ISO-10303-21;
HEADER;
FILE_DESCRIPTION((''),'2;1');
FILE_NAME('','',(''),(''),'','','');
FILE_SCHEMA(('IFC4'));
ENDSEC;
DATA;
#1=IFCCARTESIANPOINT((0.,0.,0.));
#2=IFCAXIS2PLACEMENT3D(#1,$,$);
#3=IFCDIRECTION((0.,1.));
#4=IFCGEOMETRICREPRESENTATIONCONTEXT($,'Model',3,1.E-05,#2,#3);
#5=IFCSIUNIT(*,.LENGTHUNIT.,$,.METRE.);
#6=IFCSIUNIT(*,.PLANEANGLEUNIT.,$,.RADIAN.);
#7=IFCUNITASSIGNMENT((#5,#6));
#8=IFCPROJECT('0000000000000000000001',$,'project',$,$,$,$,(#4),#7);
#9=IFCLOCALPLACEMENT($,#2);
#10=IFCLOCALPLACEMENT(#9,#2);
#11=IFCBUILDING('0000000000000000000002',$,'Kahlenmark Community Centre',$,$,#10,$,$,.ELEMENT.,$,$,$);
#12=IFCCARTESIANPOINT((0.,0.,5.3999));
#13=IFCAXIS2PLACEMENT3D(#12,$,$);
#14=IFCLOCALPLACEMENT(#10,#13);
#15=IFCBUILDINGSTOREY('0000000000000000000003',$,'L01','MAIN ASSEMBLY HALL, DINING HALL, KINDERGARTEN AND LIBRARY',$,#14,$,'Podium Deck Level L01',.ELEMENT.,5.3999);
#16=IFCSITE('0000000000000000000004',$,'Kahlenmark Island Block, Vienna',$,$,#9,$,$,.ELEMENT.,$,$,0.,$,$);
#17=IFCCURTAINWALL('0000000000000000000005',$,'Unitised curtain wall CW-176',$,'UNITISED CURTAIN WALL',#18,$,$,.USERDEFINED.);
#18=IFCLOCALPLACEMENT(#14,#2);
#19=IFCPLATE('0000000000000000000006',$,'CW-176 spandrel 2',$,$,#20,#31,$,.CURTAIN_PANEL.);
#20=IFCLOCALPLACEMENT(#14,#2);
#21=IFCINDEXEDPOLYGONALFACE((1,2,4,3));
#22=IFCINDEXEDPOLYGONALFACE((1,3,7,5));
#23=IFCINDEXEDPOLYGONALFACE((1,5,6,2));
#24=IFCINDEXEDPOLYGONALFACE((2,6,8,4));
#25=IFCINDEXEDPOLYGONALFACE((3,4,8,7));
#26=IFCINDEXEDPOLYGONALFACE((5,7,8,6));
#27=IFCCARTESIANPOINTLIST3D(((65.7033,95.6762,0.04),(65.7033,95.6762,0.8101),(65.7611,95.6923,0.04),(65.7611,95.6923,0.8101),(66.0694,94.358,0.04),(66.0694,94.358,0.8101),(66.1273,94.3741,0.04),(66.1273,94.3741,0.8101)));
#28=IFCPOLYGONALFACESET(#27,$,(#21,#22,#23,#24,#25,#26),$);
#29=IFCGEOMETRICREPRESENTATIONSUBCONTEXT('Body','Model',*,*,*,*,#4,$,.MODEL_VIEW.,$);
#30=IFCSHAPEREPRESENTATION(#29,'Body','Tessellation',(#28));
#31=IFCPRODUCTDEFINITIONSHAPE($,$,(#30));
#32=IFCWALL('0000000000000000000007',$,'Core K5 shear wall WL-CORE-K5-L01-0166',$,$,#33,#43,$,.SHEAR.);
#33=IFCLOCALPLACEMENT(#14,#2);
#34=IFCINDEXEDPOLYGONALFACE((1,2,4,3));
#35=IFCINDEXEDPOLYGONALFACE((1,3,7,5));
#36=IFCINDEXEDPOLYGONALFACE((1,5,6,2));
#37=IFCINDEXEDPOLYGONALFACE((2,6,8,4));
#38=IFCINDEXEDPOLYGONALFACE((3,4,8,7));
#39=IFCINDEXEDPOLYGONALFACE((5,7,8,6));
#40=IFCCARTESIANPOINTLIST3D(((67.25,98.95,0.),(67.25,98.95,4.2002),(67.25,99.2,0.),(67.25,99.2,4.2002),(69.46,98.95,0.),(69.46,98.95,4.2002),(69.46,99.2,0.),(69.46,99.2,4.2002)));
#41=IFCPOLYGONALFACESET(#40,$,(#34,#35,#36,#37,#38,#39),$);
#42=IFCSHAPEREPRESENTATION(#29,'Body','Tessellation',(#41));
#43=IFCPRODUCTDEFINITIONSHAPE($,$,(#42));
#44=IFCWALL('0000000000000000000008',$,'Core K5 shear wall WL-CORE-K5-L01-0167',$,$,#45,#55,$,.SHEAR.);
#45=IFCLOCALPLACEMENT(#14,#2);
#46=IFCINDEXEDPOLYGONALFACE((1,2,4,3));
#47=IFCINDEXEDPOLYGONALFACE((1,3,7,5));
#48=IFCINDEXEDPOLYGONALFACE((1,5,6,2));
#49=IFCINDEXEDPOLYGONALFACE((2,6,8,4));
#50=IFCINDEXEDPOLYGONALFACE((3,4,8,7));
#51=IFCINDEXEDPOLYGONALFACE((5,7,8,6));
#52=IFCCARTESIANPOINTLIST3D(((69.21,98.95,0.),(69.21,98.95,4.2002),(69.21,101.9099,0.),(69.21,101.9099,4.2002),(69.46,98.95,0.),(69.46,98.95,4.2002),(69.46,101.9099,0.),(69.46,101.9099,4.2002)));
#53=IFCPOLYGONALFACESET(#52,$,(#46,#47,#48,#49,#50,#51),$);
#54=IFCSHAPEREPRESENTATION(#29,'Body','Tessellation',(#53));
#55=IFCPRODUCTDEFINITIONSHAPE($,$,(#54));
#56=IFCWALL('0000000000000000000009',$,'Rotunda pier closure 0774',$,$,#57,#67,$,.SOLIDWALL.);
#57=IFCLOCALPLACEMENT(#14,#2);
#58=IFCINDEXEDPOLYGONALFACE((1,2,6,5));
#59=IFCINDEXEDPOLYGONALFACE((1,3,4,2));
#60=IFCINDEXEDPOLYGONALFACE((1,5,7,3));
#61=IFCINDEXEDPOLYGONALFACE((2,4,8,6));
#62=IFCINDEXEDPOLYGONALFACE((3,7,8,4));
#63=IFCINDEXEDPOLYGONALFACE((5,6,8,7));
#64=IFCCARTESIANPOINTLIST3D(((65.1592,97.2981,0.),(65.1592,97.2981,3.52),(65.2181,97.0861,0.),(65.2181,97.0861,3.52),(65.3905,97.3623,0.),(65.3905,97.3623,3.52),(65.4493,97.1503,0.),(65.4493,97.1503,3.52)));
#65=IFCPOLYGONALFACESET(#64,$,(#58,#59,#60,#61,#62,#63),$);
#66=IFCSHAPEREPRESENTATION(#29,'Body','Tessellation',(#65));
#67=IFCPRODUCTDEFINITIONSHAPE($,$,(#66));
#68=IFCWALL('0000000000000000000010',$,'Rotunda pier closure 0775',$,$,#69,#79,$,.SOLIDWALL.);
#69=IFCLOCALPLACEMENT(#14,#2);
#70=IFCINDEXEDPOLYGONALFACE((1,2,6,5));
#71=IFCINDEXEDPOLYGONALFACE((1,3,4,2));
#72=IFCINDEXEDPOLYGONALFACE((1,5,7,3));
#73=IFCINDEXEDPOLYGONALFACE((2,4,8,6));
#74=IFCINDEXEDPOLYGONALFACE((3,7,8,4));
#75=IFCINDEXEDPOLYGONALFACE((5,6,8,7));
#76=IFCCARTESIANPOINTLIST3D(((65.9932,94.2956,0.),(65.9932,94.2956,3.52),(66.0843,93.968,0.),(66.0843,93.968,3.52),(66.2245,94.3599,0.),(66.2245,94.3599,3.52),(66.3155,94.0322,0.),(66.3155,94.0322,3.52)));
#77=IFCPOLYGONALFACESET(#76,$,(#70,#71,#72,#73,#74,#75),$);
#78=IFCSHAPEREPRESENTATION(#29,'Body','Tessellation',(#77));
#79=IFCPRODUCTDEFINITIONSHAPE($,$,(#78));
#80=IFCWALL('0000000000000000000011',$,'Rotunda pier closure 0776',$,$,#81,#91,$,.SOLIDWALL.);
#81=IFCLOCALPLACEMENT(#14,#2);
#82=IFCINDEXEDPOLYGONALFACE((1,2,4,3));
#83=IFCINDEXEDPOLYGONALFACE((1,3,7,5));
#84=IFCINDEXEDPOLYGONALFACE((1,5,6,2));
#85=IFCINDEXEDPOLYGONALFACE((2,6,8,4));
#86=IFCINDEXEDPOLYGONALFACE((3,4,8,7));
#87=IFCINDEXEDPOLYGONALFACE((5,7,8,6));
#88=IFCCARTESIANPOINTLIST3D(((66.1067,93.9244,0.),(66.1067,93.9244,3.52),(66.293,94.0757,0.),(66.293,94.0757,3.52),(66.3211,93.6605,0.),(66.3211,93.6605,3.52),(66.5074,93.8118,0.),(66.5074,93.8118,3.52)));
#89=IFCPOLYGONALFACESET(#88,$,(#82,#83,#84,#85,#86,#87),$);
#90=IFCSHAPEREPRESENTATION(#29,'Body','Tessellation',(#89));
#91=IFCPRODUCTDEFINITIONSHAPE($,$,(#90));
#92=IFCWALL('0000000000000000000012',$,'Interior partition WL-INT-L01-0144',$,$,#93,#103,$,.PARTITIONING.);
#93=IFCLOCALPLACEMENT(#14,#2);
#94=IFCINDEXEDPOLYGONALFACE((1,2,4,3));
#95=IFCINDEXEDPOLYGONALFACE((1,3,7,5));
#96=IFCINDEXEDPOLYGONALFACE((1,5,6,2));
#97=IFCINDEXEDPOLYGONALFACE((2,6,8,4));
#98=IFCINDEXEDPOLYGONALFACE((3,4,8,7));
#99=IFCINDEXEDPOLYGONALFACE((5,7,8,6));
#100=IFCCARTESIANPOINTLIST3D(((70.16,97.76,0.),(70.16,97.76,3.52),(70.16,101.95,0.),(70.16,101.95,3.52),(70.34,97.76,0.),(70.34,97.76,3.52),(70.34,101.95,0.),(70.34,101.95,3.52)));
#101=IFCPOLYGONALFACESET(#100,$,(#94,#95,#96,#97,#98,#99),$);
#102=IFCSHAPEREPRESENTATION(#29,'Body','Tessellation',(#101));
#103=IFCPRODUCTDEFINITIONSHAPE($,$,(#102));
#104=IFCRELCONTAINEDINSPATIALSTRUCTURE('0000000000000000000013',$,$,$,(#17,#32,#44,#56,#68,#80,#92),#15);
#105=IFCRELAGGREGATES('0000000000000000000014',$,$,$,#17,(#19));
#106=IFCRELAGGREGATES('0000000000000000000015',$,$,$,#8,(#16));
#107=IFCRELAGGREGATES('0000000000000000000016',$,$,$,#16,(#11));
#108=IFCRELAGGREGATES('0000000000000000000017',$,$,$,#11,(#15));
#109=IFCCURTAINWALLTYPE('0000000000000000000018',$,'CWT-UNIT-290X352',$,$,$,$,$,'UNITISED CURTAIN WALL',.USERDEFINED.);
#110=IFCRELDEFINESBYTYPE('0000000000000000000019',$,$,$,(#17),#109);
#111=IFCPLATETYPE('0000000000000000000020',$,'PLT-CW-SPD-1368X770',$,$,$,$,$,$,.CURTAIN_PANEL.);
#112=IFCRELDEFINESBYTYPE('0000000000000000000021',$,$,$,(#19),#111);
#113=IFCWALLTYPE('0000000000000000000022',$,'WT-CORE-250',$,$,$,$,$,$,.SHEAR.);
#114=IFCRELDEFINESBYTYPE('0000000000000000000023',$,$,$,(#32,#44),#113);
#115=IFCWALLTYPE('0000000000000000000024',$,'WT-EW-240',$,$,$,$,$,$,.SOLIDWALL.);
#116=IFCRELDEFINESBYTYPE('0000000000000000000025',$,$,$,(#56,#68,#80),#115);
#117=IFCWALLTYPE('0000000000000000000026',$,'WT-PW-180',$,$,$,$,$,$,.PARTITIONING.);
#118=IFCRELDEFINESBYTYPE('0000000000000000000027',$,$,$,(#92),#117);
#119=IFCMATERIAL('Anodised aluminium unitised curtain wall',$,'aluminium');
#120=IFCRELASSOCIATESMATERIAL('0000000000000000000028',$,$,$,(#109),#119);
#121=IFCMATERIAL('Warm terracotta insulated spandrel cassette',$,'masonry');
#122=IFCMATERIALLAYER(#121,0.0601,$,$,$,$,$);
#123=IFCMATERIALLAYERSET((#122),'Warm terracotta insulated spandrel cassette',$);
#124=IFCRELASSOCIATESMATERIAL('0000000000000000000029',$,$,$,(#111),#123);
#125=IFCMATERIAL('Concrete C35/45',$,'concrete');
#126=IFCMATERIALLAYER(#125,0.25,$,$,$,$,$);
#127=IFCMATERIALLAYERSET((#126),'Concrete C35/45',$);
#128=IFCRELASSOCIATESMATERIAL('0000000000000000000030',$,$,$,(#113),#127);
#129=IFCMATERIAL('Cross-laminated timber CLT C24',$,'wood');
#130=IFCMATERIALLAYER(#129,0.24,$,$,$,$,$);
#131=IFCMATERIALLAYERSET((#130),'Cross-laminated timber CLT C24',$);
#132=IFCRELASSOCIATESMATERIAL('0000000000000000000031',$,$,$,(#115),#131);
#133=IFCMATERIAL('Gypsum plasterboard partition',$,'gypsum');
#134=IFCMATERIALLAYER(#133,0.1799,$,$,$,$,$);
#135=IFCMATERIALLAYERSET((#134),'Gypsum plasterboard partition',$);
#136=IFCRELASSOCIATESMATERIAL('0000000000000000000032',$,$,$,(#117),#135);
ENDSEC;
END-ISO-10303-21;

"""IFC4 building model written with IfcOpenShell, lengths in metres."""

from ifc_helpers import new_model, si_unit, direction, frame, frame_2d, origin, origin_2d, place, context, subcontext, project, spatial, rectangle, extrude, material, layer, layer_set, type_object, element, aggregate, save


model = new_model("IFC4")

# Units and contexts
model_context = context("Model", 3, precision=1e-05, world=origin(), true_north=direction((0.0, 1.0)))
body_context = subcontext(model_context, "Body", "Model", "MODEL_VIEW")
ifc_project = project(units=[si_unit("LENGTHUNIT", "METRE"), si_unit("PLANEANGLEUNIT", "RADIAN")], contexts=[model_context])

# Site, building, storey
site_placement = place(None, origin())
site = spatial("IfcSite", under=ifc_project, at=site_placement, Name="Kahlenmark Island Block, Vienna", CompositionType="ELEMENT", RefElevation=0.0)
building_placement = place(site_placement, origin())
building = spatial("IfcBuilding", under=site, at=building_placement, Name="Kahlenmark Community Centre", CompositionType="ELEMENT")
storey_placement = place(building_placement, frame((0.0, 0.0, 5.3999)))
storey = spatial("IfcBuildingStorey", under=building, at=storey_placement, Name="L01", Description="MAIN ASSEMBLY HALL, DINING HALL, KINDERGARTEN AND LIBRARY", LongName="Podium Deck Level L01", CompositionType="ELEMENT", Elevation=5.3999)

# Shared definitions
ifc_material_1 = material(Name="Concrete C35/45", Category="concrete")

# Curtain wall
ifc_material_2 = material(Name="Anodised aluminium unitised curtain wall", Category="aluminium")
curtain_wall_type_1 = type_object("IfcCurtainWallType", Name="CWT-UNIT-290X352", ElementType="UNITISED CURTAIN WALL", PredefinedType="USERDEFINED", material=ifc_material_2)
curtain_wall_1_placement = place(storey_placement, origin())
curtain_wall_1 = element("IfcCurtainWall", 1, at=curtain_wall_1_placement, inside=storey, type_object=curtain_wall_type_1, Name="Unitised curtain wall CW-176", ObjectType="UNITISED CURTAIN WALL", PredefinedType="USERDEFINED")

# Plate
ifc_material_3 = material(Name="Warm terracotta insulated spandrel cassette", Category="masonry")
ifc_layer_1 = layer(ifc_material_3, 0.0601)
ifc_layer_set_1 = layer_set([ifc_layer_1], Name="Warm terracotta insulated spandrel cassette")
plate_type_1 = type_object("IfcPlateType", Name="PLT-CW-SPD-1368X770", PredefinedType="CURTAIN_PANEL", material=ifc_layer_set_1)
plate_1_placement = place(storey_placement, frame((65.9153, 95.0251, 0.04), z_axis=(0.0, 0.0, 1.0), x_axis=(0.267654, -0.963515, 0.0)))
plate_1 = element("IfcPlate", 2, at=plate_1_placement, type_object=plate_type_1, Name="CW-176 spandrel 2", PredefinedType="CURTAIN_PANEL", context=body_context, shape_type="SweptSolid", body=[
    extrude(rectangle(XDim=1.3682, YDim=0.0601, at=origin_2d()), origin(), (0.0, 0.0, 1.0), 0.77),
])
aggregate(curtain_wall_1, [plate_1])

# Walls
ifc_layer_2 = layer(ifc_material_1, 0.25)
ifc_layer_set_2 = layer_set([ifc_layer_2], Name="Concrete C35/45")
wall_type_1 = type_object("IfcWallType", Name="WT-CORE-250", PredefinedType="SHEAR", material=ifc_layer_set_2)
wall_1_placement = place(storey_placement, frame((67.25, 99.075, 0.0), z_axis=(0.0, 0.0, 1.0), x_axis=(1.0, 0.0, 0.0)))
element("IfcWall", 3, at=wall_1_placement, inside=storey, type_object=wall_type_1, Name="Core K5 shear wall WL-CORE-K5-L01-0166", PredefinedType="SHEAR", context=body_context, shape_type="SweptSolid", body=[
    extrude(rectangle(XDim=2.21, YDim=0.25, at=frame_2d((1.105, 0.0))), origin(), (0.0, 0.0, 1.0), 4.2002),
])
wall_2_placement = place(storey_placement, frame((69.335, 98.95, 0.0), z_axis=(0.0, 0.0, 1.0), x_axis=(0.0, 1.0, 0.0)))
element("IfcWall", 4, at=wall_2_placement, inside=storey, type_object=wall_type_1, Name="Core K5 shear wall WL-CORE-K5-L01-0167", PredefinedType="SHEAR", context=body_context, shape_type="SweptSolid", body=[
    extrude(rectangle(XDim=2.96, YDim=0.25, at=frame_2d((1.48, 0.0))), origin(), (0.0, 0.0, 1.0), 4.2002),
])
ifc_material_4 = material(Name="Cross-laminated timber CLT C24", Category="wood")
ifc_layer_3 = layer(ifc_material_4, 0.24)
ifc_layer_set_3 = layer_set([ifc_layer_3], Name="Cross-laminated timber CLT C24")
wall_type_2 = type_object("IfcWallType", Name="WT-EW-240", PredefinedType="SOLIDWALL", material=ifc_layer_set_3)
wall_3_placement = place(storey_placement, frame((65.2749, 97.3301, 0.0), z_axis=(0.0, 0.0, 1.0), x_axis=(0.267529, -0.96355, 0.0)))
element("IfcWall", 5, at=wall_3_placement, inside=storey, type_object=wall_type_2, Name="Rotunda pier closure 0774", PredefinedType="SOLIDWALL", context=body_context, shape_type="SweptSolid", body=[
    extrude(rectangle(XDim=0.22, YDim=0.24, at=frame_2d((0.1099, 0.0))), origin(), (0.0, 0.0, 1.0), 3.52),
])
for number, where, z_axis, x_axis, name in (
    (6, (66.1089, 94.3276, 0.0), (0.0, 0.0, 1.0), (0.267792, -0.963477, 0.0), "Rotunda pier closure 0775"),
    (7, (66.2, 94.0, 0.0), (0.0, 0.0, 1.0), (0.630457, -0.776224, 0.0), "Rotunda pier closure 0776"),
):
    element("IfcWall", number, at=place(storey_placement, frame(where, z_axis=z_axis, x_axis=x_axis)), inside=storey, type_object=wall_type_2, Name=name, PredefinedType="SOLIDWALL", context=body_context, shape_type="SweptSolid", body=[
        extrude(rectangle(XDim=0.3401, YDim=0.24, at=frame_2d((0.1699, 0.0))), origin(), (0.0, 0.0, 1.0), 3.52),
    ])
ifc_material_5 = material(Name="Gypsum plasterboard partition", Category="gypsum")
ifc_layer_4 = layer(ifc_material_5, 0.1799)
ifc_layer_set_4 = layer_set([ifc_layer_4], Name="Gypsum plasterboard partition")
wall_type_3 = type_object("IfcWallType", Name="WT-PW-180", PredefinedType="PARTITIONING", material=ifc_layer_set_4)
wall_4_placement = place(storey_placement, frame((70.25, 97.76, 0.0), z_axis=(0.0, 0.0, 1.0), x_axis=(0.0, 1.0, 0.0)))
element("IfcWall", 8, at=wall_4_placement, inside=storey, type_object=wall_type_3, Name="Interior partition WL-INT-L01-0144", PredefinedType="PARTITIONING", context=body_context, shape_type="SweptSolid", body=[
    extrude(rectangle(XDim=4.1899, YDim=0.1799, at=frame_2d((2.095, 0.0))), origin(), (0.0, 0.0, 1.0), 3.52),
])

save(model, "model.ifc")
